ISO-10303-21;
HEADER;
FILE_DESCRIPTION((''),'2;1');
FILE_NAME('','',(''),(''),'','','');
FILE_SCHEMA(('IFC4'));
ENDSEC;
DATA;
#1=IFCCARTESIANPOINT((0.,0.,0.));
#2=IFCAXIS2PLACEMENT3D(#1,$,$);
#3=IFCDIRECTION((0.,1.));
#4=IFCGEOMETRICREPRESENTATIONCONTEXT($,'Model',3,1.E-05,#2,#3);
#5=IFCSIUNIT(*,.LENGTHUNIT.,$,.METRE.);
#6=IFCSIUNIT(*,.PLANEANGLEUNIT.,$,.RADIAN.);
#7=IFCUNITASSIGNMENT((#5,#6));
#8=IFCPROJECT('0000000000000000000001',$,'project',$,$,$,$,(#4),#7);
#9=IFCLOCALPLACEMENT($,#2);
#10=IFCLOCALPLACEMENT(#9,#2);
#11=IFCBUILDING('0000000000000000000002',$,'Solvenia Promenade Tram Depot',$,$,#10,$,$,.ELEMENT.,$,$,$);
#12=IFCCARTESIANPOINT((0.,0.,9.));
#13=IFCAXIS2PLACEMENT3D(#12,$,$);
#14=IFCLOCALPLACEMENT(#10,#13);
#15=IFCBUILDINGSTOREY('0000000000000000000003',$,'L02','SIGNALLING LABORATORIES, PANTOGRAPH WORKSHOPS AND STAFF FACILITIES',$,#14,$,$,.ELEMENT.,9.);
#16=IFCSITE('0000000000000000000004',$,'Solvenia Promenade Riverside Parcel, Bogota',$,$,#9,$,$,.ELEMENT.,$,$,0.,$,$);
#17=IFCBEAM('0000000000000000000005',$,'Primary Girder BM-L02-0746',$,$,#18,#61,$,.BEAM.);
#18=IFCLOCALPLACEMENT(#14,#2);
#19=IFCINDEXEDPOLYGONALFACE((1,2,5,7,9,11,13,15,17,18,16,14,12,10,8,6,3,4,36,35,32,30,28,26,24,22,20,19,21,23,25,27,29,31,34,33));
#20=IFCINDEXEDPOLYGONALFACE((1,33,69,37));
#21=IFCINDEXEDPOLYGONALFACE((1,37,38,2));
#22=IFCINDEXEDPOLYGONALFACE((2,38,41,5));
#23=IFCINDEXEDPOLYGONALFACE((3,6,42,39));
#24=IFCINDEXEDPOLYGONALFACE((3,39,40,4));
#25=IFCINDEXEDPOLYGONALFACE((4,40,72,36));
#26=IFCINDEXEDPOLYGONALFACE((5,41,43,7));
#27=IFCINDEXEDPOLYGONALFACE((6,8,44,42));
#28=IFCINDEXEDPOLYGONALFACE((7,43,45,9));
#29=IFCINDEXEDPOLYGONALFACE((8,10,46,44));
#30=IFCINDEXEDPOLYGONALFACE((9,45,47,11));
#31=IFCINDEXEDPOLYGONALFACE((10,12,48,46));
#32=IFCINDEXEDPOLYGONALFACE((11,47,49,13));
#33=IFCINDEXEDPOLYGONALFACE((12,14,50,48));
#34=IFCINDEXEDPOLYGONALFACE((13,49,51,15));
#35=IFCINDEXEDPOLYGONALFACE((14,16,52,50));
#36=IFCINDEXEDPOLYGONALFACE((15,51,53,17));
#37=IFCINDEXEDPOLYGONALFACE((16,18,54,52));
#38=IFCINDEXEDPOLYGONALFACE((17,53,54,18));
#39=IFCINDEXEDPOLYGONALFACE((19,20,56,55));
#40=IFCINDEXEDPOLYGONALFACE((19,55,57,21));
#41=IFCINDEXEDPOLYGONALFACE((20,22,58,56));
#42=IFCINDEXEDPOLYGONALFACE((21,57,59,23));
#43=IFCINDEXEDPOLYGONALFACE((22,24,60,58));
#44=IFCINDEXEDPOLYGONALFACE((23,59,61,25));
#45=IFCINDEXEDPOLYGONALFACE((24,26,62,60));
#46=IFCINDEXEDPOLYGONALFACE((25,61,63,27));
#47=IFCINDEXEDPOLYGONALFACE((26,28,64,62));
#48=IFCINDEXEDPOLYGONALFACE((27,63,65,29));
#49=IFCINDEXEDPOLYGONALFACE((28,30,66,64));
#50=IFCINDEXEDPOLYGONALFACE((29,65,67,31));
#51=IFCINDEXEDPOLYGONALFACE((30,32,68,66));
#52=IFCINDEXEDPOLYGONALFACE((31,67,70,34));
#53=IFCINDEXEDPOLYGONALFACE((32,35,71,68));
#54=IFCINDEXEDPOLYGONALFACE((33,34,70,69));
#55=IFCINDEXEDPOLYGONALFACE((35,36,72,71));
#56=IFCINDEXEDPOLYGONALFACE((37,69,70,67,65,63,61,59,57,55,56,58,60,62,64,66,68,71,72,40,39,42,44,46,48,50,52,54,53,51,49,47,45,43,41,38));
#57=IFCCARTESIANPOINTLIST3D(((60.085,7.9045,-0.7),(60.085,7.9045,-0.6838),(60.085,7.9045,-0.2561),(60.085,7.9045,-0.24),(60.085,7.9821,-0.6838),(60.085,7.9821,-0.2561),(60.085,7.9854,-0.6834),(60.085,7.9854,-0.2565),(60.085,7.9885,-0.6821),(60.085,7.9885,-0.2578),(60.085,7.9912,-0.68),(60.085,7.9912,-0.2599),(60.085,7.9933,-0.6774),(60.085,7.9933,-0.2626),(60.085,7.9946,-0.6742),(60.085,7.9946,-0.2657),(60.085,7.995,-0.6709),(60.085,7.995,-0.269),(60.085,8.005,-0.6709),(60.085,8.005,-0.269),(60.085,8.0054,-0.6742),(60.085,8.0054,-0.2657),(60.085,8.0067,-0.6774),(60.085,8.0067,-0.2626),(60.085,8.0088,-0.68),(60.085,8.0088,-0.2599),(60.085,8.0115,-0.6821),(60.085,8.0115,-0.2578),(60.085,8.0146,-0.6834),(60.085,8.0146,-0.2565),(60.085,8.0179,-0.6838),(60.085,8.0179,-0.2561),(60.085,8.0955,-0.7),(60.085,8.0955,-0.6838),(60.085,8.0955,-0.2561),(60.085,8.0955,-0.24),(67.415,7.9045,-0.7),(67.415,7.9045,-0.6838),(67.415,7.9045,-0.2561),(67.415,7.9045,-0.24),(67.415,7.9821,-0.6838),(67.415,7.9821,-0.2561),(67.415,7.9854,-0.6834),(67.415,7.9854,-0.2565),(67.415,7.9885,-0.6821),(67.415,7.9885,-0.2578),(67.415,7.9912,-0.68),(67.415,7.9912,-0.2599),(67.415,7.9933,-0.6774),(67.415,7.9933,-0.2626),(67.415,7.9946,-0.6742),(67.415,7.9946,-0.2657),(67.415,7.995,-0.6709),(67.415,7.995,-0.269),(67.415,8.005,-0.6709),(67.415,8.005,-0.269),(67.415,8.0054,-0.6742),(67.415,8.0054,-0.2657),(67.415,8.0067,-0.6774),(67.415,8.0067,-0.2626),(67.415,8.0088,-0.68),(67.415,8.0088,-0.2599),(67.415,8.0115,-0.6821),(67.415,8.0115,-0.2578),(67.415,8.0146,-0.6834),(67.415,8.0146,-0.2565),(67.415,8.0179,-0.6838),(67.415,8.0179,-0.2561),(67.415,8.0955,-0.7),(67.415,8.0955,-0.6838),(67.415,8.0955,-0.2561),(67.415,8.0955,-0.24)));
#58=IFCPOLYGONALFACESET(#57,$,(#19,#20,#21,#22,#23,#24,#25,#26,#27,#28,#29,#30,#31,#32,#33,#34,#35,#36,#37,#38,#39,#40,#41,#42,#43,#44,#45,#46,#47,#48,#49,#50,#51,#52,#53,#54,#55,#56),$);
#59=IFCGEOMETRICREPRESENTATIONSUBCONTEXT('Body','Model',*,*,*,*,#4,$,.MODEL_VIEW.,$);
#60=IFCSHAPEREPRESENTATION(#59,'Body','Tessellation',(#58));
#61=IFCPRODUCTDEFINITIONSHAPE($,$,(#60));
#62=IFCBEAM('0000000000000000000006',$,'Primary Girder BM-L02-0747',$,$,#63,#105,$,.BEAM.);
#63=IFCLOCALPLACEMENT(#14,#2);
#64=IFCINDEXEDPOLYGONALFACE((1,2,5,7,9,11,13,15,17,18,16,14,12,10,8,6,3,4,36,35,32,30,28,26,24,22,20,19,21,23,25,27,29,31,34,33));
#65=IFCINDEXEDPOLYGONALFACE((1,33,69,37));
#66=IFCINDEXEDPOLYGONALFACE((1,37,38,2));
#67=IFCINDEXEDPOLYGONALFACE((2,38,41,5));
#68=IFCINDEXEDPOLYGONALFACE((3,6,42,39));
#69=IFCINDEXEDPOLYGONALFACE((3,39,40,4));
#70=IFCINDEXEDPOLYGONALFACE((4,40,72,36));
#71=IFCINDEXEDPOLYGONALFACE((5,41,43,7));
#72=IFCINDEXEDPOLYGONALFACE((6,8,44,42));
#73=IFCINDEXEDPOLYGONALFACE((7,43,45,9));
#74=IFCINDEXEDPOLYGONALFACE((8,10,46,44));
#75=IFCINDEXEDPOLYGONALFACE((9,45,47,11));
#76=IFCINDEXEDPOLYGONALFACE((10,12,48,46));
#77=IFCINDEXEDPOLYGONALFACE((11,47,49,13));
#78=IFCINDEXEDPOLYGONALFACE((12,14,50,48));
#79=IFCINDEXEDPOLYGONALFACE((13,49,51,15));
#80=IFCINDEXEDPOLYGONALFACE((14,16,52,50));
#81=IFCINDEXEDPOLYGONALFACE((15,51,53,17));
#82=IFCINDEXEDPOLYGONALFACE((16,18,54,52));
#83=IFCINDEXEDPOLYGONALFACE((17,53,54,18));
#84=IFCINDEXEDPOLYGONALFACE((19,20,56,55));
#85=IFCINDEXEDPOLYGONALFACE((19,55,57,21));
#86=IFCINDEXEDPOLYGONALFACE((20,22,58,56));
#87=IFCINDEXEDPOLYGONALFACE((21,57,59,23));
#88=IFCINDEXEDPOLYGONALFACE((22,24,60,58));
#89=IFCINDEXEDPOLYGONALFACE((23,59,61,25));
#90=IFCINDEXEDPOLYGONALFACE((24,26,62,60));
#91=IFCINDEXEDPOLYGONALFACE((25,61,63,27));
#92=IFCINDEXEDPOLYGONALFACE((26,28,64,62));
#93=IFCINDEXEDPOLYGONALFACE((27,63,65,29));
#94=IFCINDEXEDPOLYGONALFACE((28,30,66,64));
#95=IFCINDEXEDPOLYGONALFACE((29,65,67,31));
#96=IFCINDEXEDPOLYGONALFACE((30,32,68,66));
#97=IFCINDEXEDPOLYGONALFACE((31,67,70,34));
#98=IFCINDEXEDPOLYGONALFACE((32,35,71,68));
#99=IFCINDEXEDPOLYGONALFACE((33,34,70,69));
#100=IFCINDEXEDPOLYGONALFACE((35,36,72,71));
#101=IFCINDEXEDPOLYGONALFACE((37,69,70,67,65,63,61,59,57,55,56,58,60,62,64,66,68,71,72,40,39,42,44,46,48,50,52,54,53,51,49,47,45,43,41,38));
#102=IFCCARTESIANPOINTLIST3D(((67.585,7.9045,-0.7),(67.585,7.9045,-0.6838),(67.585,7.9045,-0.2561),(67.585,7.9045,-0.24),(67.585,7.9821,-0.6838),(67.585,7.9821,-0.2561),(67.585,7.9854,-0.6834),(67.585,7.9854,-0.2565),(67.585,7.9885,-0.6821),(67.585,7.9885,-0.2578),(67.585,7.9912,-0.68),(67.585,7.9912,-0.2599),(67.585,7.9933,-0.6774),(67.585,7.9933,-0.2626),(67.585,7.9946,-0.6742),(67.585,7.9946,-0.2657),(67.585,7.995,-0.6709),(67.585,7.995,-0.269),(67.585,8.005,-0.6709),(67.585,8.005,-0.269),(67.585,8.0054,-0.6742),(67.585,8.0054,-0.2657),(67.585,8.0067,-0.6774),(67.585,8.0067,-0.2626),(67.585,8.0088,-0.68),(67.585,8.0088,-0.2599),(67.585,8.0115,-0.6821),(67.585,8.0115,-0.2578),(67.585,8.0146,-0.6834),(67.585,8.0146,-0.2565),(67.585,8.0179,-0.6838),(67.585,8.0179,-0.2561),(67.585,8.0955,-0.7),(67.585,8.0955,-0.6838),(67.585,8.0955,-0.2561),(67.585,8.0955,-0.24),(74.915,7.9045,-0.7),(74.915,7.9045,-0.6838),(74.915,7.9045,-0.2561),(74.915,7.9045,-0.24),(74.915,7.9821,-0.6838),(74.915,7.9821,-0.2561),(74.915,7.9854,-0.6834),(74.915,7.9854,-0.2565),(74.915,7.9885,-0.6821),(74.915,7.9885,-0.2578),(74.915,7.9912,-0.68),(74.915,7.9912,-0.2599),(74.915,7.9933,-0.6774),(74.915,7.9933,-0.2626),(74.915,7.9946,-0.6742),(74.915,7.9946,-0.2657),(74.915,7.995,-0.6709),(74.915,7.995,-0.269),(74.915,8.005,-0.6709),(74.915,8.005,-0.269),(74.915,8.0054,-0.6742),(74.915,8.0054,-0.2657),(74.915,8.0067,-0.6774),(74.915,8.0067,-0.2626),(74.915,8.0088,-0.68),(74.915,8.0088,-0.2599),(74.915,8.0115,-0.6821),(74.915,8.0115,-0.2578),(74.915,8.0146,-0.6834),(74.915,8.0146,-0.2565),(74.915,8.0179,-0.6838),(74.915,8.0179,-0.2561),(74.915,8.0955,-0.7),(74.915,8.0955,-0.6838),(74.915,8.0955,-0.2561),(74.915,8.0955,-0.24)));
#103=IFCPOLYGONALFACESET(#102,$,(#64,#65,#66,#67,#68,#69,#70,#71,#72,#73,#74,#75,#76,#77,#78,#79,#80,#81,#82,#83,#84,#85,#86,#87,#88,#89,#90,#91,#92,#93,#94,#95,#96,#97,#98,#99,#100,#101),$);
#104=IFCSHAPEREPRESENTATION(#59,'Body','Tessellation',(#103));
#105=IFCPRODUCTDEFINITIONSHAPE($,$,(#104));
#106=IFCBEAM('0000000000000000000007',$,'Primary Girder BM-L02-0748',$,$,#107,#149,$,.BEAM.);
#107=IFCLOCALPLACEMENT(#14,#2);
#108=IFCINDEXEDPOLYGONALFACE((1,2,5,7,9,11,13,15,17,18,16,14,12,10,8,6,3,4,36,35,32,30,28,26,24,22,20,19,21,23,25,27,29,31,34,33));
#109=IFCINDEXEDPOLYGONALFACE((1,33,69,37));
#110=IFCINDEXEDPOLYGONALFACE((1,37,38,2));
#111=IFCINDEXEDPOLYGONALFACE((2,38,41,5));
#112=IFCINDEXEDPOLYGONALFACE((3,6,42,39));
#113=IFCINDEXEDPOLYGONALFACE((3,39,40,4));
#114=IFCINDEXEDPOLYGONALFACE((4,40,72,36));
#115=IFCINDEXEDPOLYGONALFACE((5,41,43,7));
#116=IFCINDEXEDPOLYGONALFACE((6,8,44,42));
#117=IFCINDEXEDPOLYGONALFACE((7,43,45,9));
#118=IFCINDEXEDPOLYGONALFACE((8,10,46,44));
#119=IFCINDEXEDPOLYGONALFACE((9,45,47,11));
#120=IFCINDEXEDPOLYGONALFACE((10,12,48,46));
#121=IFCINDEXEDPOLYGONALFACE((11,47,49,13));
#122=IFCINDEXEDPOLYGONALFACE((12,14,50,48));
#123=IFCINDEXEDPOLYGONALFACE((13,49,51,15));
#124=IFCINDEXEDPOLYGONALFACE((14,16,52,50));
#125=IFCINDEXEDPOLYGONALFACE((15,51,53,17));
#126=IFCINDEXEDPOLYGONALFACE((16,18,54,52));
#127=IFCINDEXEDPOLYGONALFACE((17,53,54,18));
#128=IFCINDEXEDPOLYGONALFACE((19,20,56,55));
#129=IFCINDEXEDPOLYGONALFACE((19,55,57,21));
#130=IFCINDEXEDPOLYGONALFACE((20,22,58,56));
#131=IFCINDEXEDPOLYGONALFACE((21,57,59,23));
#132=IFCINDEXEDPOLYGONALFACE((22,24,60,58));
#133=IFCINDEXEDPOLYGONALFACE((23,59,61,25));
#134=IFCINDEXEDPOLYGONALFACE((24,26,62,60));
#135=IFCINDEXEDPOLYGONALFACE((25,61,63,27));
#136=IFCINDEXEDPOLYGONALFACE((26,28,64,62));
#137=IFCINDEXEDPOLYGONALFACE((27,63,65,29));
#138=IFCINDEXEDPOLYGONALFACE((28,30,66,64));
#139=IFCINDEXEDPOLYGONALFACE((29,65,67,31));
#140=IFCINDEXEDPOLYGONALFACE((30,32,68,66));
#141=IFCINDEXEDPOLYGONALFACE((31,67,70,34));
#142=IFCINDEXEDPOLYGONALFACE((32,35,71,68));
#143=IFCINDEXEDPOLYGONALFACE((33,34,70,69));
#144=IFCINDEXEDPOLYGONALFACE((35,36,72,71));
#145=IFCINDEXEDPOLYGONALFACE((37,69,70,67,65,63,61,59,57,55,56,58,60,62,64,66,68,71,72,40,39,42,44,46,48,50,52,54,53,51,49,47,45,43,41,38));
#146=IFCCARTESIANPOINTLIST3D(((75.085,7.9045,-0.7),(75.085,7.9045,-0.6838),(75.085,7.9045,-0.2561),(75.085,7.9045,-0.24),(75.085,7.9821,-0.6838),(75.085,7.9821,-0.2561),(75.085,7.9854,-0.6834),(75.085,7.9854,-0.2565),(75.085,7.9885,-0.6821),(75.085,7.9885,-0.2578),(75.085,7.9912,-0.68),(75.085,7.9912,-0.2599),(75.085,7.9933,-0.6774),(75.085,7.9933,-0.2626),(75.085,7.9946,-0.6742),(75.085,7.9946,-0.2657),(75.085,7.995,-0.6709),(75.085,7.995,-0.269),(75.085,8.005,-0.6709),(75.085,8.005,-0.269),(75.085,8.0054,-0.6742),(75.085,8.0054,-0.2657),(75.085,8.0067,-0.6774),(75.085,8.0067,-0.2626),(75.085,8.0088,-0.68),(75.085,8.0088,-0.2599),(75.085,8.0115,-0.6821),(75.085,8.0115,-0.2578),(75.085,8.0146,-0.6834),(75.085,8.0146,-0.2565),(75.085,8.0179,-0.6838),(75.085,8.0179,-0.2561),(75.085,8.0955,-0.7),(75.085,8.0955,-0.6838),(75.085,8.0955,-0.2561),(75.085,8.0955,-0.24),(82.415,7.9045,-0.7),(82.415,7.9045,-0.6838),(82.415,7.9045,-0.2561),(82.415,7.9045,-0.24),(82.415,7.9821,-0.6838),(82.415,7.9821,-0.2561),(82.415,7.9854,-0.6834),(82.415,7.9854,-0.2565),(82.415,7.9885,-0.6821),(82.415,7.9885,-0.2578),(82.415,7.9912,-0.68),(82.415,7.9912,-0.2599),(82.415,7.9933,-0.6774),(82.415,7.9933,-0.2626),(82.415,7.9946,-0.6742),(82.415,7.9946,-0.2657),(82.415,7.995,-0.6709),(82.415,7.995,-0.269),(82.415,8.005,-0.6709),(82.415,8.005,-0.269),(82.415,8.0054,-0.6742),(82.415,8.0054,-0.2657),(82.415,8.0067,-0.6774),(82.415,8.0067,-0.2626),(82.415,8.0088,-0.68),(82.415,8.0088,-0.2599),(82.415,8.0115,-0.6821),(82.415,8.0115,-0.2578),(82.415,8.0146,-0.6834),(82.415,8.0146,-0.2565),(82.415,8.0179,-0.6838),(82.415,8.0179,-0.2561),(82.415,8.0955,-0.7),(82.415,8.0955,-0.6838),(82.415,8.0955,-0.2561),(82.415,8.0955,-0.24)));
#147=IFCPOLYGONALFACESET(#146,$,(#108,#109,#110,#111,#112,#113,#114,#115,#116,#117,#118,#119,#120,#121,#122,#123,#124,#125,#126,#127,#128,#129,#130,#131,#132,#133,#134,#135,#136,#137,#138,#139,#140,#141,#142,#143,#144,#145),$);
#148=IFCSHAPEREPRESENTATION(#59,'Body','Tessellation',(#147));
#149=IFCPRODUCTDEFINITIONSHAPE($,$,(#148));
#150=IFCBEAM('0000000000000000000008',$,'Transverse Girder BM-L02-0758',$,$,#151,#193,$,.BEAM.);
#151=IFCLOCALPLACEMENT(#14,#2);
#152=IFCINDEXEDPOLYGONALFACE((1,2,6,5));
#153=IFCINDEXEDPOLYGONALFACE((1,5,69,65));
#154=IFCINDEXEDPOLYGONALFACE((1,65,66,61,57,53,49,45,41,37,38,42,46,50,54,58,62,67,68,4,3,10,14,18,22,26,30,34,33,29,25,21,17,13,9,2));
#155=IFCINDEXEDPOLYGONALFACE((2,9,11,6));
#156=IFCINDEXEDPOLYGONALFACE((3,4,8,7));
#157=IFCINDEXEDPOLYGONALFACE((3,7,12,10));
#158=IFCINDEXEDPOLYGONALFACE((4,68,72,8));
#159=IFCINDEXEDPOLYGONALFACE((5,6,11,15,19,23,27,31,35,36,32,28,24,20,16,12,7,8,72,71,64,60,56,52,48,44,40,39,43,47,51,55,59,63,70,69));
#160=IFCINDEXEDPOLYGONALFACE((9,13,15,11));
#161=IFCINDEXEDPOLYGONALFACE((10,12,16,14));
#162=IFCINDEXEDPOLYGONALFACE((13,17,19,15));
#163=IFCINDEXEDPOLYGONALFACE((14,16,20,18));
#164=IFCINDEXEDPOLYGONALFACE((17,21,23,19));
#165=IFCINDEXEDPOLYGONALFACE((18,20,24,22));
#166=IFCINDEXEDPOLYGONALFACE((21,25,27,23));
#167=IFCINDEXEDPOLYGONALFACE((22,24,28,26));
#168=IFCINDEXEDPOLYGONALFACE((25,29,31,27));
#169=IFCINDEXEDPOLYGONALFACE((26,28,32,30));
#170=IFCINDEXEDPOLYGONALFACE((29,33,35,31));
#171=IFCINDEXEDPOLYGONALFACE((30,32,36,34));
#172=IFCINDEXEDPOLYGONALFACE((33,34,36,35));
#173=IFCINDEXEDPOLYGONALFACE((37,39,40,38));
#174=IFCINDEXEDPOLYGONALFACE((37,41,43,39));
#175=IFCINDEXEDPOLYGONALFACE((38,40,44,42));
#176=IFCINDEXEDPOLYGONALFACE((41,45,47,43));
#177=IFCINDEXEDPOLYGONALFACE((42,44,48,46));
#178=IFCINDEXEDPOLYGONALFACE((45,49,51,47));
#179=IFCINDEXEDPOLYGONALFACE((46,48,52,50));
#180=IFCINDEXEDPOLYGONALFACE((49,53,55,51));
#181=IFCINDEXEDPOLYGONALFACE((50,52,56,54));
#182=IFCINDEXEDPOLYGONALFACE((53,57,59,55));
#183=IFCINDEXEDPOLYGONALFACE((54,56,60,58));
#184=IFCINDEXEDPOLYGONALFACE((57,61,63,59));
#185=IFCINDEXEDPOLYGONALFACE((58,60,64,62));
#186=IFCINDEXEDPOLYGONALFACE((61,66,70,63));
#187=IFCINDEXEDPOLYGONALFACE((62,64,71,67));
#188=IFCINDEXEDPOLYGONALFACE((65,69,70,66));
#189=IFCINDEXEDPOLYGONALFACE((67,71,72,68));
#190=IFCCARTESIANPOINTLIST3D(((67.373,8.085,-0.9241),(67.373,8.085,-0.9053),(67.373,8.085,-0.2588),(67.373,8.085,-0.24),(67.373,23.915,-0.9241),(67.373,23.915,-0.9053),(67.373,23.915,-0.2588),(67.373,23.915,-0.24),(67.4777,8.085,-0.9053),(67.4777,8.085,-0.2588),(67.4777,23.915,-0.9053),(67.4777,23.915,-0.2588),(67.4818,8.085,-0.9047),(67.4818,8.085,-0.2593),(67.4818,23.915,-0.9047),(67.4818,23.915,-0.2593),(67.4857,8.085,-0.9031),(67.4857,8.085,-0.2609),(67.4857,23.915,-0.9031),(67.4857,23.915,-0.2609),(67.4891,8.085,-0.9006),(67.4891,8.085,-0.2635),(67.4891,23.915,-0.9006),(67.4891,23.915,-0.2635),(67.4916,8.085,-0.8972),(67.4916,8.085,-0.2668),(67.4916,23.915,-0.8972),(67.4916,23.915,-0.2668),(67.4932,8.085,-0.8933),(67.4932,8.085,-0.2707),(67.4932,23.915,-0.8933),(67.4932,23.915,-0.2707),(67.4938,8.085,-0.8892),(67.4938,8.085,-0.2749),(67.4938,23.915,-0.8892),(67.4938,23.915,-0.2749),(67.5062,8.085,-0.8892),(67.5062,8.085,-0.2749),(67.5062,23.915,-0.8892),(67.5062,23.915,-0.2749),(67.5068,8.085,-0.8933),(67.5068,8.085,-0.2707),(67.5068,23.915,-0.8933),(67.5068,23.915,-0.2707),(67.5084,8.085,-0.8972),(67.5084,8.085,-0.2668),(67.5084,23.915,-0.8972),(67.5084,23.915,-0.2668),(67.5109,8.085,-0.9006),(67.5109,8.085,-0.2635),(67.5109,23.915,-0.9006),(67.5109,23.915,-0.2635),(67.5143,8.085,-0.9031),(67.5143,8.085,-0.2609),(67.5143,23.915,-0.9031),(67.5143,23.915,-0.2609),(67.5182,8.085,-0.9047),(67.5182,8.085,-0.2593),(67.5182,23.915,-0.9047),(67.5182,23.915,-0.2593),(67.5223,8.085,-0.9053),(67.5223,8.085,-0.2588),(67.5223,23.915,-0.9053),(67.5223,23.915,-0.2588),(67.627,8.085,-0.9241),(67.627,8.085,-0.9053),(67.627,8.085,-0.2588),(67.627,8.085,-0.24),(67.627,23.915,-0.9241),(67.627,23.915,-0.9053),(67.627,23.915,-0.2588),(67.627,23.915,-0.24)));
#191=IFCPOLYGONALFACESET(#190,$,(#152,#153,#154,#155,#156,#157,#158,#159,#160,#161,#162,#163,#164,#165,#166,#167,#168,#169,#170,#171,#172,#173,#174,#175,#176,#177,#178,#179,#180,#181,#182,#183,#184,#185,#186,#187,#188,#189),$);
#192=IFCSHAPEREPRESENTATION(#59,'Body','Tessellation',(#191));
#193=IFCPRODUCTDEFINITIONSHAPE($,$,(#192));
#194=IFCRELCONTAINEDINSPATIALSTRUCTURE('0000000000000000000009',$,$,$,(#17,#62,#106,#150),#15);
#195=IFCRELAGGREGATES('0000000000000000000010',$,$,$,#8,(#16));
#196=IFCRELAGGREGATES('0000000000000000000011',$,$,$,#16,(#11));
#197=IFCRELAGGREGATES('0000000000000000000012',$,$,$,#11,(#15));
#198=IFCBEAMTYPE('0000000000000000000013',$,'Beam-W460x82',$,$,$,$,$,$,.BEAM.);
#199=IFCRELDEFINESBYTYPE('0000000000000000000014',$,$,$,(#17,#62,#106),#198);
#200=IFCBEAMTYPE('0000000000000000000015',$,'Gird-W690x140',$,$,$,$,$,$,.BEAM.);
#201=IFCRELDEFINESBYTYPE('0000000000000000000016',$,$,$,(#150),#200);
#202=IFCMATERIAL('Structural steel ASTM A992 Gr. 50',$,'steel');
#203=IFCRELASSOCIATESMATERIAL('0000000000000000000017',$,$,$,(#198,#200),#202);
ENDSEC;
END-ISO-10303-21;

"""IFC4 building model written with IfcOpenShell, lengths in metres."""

from ifc_helpers import new_model, si_unit, direction, frame, origin, origin_2d, place, context, subcontext, project, spatial, i_section, extrude, material, material_profile, profile_set, type_object, element, save


model = new_model("IFC4")

# Units and contexts
model_context = context("Model", 3, precision=1e-05, world=origin(), true_north=direction((0.0, 1.0)))
body_context = subcontext(model_context, "Body", "Model", "MODEL_VIEW")
ifc_project = project(units=[si_unit("LENGTHUNIT", "METRE"), si_unit("PLANEANGLEUNIT", "RADIAN")], contexts=[model_context])

# Site, building, storey
site_placement = place(None, origin())
site = spatial("IfcSite", under=ifc_project, at=site_placement, Name="Solvenia Promenade Riverside Parcel, Bogota", CompositionType="ELEMENT", RefElevation=0.0)
building_placement = place(site_placement, origin())
building = spatial("IfcBuilding", under=site, at=building_placement, Name="Solvenia Promenade Tram Depot", CompositionType="ELEMENT")
storey_placement = place(building_placement, frame((0.0, 0.0, 9.0)))
storey = spatial("IfcBuildingStorey", under=building, at=storey_placement, Name="L02", Description="SIGNALLING LABORATORIES, PANTOGRAPH WORKSHOPS AND STAFF FACILITIES", CompositionType="ELEMENT", Elevation=9.0)

# Beams
ifc_material_1 = material(Name="Structural steel ASTM A992 Gr. 50", Category="steel")
ifc_material_profile_1 = material_profile(ifc_material_1, i_section(OverallWidth=0.1909, OverallDepth=0.46, WebThickness=0.01, FlangeThickness=0.0161, FilletRadius=0.0129, at=origin_2d()), Name="W460x82", Category="steel")
ifc_profile_set_1 = profile_set([ifc_material_profile_1], Name="Structural steel ASTM A992 Gr. 50")
beam_type_1 = type_object("IfcBeamType", Name="Beam-W460x82", PredefinedType="BEAM", material=ifc_profile_set_1)
for number, where, z_axis, x_axis, name in (
    (1, (60.085, 8.0, -0.47), (1.0, 0.0, 0.0), (0.0, 1.0, 0.0), "Primary Girder BM-L02-0746"),
    (2, (67.585, 8.0, -0.47), (1.0, 0.0, 0.0), (0.0, 1.0, 0.0), "Primary Girder BM-L02-0747"),
    (3, (75.085, 8.0, -0.47), (1.0, 0.0, 0.0), (0.0, 1.0, 0.0), "Primary Girder BM-L02-0748"),
):
    element("IfcBeam", number, at=place(storey_placement, frame(where, z_axis=z_axis, x_axis=x_axis)), inside=storey, type_object=beam_type_1, Name=name, PredefinedType="BEAM", context=body_context, shape_type="SweptSolid", body=[
        extrude(i_section(OverallWidth=0.1909, OverallDepth=0.46, WebThickness=0.01, FlangeThickness=0.0161, FilletRadius=0.0129, at=origin_2d()), origin(), (0.0, 0.0, 1.0), 7.3301),
    ])
ifc_material_profile_2 = material_profile(ifc_material_1, i_section(OverallWidth=0.2539, OverallDepth=0.6841, WebThickness=0.0125, FlangeThickness=0.0188, FilletRadius=0.0161, at=origin_2d()), Name="W690x140", Category="steel")
ifc_profile_set_2 = profile_set([ifc_material_profile_2], Name="Structural steel ASTM A992 Gr. 50")
beam_type_2 = type_object("IfcBeamType", Name="Gird-W690x140", PredefinedType="BEAM", material=ifc_profile_set_2)
for number, where, z_axis, x_axis, name in (
    (4, (67.5, 8.085, -0.582), (0.0, 1.0, 0.0), (-1.0, 0.0, 0.0), "Transverse Girder BM-L02-0758"),
):
    element("IfcBeam", number, at=place(storey_placement, frame(where, z_axis=z_axis, x_axis=x_axis)), inside=storey, type_object=beam_type_2, Name=name, PredefinedType="BEAM", context=body_context, shape_type="SweptSolid", body=[
        extrude(i_section(OverallWidth=0.2539, OverallDepth=0.6841, WebThickness=0.0125, FlangeThickness=0.0188, FilletRadius=0.0161, at=origin_2d()), origin(), (0.0, 0.0, 1.0), 15.8301),
    ])

save(model, "model.ifc")
